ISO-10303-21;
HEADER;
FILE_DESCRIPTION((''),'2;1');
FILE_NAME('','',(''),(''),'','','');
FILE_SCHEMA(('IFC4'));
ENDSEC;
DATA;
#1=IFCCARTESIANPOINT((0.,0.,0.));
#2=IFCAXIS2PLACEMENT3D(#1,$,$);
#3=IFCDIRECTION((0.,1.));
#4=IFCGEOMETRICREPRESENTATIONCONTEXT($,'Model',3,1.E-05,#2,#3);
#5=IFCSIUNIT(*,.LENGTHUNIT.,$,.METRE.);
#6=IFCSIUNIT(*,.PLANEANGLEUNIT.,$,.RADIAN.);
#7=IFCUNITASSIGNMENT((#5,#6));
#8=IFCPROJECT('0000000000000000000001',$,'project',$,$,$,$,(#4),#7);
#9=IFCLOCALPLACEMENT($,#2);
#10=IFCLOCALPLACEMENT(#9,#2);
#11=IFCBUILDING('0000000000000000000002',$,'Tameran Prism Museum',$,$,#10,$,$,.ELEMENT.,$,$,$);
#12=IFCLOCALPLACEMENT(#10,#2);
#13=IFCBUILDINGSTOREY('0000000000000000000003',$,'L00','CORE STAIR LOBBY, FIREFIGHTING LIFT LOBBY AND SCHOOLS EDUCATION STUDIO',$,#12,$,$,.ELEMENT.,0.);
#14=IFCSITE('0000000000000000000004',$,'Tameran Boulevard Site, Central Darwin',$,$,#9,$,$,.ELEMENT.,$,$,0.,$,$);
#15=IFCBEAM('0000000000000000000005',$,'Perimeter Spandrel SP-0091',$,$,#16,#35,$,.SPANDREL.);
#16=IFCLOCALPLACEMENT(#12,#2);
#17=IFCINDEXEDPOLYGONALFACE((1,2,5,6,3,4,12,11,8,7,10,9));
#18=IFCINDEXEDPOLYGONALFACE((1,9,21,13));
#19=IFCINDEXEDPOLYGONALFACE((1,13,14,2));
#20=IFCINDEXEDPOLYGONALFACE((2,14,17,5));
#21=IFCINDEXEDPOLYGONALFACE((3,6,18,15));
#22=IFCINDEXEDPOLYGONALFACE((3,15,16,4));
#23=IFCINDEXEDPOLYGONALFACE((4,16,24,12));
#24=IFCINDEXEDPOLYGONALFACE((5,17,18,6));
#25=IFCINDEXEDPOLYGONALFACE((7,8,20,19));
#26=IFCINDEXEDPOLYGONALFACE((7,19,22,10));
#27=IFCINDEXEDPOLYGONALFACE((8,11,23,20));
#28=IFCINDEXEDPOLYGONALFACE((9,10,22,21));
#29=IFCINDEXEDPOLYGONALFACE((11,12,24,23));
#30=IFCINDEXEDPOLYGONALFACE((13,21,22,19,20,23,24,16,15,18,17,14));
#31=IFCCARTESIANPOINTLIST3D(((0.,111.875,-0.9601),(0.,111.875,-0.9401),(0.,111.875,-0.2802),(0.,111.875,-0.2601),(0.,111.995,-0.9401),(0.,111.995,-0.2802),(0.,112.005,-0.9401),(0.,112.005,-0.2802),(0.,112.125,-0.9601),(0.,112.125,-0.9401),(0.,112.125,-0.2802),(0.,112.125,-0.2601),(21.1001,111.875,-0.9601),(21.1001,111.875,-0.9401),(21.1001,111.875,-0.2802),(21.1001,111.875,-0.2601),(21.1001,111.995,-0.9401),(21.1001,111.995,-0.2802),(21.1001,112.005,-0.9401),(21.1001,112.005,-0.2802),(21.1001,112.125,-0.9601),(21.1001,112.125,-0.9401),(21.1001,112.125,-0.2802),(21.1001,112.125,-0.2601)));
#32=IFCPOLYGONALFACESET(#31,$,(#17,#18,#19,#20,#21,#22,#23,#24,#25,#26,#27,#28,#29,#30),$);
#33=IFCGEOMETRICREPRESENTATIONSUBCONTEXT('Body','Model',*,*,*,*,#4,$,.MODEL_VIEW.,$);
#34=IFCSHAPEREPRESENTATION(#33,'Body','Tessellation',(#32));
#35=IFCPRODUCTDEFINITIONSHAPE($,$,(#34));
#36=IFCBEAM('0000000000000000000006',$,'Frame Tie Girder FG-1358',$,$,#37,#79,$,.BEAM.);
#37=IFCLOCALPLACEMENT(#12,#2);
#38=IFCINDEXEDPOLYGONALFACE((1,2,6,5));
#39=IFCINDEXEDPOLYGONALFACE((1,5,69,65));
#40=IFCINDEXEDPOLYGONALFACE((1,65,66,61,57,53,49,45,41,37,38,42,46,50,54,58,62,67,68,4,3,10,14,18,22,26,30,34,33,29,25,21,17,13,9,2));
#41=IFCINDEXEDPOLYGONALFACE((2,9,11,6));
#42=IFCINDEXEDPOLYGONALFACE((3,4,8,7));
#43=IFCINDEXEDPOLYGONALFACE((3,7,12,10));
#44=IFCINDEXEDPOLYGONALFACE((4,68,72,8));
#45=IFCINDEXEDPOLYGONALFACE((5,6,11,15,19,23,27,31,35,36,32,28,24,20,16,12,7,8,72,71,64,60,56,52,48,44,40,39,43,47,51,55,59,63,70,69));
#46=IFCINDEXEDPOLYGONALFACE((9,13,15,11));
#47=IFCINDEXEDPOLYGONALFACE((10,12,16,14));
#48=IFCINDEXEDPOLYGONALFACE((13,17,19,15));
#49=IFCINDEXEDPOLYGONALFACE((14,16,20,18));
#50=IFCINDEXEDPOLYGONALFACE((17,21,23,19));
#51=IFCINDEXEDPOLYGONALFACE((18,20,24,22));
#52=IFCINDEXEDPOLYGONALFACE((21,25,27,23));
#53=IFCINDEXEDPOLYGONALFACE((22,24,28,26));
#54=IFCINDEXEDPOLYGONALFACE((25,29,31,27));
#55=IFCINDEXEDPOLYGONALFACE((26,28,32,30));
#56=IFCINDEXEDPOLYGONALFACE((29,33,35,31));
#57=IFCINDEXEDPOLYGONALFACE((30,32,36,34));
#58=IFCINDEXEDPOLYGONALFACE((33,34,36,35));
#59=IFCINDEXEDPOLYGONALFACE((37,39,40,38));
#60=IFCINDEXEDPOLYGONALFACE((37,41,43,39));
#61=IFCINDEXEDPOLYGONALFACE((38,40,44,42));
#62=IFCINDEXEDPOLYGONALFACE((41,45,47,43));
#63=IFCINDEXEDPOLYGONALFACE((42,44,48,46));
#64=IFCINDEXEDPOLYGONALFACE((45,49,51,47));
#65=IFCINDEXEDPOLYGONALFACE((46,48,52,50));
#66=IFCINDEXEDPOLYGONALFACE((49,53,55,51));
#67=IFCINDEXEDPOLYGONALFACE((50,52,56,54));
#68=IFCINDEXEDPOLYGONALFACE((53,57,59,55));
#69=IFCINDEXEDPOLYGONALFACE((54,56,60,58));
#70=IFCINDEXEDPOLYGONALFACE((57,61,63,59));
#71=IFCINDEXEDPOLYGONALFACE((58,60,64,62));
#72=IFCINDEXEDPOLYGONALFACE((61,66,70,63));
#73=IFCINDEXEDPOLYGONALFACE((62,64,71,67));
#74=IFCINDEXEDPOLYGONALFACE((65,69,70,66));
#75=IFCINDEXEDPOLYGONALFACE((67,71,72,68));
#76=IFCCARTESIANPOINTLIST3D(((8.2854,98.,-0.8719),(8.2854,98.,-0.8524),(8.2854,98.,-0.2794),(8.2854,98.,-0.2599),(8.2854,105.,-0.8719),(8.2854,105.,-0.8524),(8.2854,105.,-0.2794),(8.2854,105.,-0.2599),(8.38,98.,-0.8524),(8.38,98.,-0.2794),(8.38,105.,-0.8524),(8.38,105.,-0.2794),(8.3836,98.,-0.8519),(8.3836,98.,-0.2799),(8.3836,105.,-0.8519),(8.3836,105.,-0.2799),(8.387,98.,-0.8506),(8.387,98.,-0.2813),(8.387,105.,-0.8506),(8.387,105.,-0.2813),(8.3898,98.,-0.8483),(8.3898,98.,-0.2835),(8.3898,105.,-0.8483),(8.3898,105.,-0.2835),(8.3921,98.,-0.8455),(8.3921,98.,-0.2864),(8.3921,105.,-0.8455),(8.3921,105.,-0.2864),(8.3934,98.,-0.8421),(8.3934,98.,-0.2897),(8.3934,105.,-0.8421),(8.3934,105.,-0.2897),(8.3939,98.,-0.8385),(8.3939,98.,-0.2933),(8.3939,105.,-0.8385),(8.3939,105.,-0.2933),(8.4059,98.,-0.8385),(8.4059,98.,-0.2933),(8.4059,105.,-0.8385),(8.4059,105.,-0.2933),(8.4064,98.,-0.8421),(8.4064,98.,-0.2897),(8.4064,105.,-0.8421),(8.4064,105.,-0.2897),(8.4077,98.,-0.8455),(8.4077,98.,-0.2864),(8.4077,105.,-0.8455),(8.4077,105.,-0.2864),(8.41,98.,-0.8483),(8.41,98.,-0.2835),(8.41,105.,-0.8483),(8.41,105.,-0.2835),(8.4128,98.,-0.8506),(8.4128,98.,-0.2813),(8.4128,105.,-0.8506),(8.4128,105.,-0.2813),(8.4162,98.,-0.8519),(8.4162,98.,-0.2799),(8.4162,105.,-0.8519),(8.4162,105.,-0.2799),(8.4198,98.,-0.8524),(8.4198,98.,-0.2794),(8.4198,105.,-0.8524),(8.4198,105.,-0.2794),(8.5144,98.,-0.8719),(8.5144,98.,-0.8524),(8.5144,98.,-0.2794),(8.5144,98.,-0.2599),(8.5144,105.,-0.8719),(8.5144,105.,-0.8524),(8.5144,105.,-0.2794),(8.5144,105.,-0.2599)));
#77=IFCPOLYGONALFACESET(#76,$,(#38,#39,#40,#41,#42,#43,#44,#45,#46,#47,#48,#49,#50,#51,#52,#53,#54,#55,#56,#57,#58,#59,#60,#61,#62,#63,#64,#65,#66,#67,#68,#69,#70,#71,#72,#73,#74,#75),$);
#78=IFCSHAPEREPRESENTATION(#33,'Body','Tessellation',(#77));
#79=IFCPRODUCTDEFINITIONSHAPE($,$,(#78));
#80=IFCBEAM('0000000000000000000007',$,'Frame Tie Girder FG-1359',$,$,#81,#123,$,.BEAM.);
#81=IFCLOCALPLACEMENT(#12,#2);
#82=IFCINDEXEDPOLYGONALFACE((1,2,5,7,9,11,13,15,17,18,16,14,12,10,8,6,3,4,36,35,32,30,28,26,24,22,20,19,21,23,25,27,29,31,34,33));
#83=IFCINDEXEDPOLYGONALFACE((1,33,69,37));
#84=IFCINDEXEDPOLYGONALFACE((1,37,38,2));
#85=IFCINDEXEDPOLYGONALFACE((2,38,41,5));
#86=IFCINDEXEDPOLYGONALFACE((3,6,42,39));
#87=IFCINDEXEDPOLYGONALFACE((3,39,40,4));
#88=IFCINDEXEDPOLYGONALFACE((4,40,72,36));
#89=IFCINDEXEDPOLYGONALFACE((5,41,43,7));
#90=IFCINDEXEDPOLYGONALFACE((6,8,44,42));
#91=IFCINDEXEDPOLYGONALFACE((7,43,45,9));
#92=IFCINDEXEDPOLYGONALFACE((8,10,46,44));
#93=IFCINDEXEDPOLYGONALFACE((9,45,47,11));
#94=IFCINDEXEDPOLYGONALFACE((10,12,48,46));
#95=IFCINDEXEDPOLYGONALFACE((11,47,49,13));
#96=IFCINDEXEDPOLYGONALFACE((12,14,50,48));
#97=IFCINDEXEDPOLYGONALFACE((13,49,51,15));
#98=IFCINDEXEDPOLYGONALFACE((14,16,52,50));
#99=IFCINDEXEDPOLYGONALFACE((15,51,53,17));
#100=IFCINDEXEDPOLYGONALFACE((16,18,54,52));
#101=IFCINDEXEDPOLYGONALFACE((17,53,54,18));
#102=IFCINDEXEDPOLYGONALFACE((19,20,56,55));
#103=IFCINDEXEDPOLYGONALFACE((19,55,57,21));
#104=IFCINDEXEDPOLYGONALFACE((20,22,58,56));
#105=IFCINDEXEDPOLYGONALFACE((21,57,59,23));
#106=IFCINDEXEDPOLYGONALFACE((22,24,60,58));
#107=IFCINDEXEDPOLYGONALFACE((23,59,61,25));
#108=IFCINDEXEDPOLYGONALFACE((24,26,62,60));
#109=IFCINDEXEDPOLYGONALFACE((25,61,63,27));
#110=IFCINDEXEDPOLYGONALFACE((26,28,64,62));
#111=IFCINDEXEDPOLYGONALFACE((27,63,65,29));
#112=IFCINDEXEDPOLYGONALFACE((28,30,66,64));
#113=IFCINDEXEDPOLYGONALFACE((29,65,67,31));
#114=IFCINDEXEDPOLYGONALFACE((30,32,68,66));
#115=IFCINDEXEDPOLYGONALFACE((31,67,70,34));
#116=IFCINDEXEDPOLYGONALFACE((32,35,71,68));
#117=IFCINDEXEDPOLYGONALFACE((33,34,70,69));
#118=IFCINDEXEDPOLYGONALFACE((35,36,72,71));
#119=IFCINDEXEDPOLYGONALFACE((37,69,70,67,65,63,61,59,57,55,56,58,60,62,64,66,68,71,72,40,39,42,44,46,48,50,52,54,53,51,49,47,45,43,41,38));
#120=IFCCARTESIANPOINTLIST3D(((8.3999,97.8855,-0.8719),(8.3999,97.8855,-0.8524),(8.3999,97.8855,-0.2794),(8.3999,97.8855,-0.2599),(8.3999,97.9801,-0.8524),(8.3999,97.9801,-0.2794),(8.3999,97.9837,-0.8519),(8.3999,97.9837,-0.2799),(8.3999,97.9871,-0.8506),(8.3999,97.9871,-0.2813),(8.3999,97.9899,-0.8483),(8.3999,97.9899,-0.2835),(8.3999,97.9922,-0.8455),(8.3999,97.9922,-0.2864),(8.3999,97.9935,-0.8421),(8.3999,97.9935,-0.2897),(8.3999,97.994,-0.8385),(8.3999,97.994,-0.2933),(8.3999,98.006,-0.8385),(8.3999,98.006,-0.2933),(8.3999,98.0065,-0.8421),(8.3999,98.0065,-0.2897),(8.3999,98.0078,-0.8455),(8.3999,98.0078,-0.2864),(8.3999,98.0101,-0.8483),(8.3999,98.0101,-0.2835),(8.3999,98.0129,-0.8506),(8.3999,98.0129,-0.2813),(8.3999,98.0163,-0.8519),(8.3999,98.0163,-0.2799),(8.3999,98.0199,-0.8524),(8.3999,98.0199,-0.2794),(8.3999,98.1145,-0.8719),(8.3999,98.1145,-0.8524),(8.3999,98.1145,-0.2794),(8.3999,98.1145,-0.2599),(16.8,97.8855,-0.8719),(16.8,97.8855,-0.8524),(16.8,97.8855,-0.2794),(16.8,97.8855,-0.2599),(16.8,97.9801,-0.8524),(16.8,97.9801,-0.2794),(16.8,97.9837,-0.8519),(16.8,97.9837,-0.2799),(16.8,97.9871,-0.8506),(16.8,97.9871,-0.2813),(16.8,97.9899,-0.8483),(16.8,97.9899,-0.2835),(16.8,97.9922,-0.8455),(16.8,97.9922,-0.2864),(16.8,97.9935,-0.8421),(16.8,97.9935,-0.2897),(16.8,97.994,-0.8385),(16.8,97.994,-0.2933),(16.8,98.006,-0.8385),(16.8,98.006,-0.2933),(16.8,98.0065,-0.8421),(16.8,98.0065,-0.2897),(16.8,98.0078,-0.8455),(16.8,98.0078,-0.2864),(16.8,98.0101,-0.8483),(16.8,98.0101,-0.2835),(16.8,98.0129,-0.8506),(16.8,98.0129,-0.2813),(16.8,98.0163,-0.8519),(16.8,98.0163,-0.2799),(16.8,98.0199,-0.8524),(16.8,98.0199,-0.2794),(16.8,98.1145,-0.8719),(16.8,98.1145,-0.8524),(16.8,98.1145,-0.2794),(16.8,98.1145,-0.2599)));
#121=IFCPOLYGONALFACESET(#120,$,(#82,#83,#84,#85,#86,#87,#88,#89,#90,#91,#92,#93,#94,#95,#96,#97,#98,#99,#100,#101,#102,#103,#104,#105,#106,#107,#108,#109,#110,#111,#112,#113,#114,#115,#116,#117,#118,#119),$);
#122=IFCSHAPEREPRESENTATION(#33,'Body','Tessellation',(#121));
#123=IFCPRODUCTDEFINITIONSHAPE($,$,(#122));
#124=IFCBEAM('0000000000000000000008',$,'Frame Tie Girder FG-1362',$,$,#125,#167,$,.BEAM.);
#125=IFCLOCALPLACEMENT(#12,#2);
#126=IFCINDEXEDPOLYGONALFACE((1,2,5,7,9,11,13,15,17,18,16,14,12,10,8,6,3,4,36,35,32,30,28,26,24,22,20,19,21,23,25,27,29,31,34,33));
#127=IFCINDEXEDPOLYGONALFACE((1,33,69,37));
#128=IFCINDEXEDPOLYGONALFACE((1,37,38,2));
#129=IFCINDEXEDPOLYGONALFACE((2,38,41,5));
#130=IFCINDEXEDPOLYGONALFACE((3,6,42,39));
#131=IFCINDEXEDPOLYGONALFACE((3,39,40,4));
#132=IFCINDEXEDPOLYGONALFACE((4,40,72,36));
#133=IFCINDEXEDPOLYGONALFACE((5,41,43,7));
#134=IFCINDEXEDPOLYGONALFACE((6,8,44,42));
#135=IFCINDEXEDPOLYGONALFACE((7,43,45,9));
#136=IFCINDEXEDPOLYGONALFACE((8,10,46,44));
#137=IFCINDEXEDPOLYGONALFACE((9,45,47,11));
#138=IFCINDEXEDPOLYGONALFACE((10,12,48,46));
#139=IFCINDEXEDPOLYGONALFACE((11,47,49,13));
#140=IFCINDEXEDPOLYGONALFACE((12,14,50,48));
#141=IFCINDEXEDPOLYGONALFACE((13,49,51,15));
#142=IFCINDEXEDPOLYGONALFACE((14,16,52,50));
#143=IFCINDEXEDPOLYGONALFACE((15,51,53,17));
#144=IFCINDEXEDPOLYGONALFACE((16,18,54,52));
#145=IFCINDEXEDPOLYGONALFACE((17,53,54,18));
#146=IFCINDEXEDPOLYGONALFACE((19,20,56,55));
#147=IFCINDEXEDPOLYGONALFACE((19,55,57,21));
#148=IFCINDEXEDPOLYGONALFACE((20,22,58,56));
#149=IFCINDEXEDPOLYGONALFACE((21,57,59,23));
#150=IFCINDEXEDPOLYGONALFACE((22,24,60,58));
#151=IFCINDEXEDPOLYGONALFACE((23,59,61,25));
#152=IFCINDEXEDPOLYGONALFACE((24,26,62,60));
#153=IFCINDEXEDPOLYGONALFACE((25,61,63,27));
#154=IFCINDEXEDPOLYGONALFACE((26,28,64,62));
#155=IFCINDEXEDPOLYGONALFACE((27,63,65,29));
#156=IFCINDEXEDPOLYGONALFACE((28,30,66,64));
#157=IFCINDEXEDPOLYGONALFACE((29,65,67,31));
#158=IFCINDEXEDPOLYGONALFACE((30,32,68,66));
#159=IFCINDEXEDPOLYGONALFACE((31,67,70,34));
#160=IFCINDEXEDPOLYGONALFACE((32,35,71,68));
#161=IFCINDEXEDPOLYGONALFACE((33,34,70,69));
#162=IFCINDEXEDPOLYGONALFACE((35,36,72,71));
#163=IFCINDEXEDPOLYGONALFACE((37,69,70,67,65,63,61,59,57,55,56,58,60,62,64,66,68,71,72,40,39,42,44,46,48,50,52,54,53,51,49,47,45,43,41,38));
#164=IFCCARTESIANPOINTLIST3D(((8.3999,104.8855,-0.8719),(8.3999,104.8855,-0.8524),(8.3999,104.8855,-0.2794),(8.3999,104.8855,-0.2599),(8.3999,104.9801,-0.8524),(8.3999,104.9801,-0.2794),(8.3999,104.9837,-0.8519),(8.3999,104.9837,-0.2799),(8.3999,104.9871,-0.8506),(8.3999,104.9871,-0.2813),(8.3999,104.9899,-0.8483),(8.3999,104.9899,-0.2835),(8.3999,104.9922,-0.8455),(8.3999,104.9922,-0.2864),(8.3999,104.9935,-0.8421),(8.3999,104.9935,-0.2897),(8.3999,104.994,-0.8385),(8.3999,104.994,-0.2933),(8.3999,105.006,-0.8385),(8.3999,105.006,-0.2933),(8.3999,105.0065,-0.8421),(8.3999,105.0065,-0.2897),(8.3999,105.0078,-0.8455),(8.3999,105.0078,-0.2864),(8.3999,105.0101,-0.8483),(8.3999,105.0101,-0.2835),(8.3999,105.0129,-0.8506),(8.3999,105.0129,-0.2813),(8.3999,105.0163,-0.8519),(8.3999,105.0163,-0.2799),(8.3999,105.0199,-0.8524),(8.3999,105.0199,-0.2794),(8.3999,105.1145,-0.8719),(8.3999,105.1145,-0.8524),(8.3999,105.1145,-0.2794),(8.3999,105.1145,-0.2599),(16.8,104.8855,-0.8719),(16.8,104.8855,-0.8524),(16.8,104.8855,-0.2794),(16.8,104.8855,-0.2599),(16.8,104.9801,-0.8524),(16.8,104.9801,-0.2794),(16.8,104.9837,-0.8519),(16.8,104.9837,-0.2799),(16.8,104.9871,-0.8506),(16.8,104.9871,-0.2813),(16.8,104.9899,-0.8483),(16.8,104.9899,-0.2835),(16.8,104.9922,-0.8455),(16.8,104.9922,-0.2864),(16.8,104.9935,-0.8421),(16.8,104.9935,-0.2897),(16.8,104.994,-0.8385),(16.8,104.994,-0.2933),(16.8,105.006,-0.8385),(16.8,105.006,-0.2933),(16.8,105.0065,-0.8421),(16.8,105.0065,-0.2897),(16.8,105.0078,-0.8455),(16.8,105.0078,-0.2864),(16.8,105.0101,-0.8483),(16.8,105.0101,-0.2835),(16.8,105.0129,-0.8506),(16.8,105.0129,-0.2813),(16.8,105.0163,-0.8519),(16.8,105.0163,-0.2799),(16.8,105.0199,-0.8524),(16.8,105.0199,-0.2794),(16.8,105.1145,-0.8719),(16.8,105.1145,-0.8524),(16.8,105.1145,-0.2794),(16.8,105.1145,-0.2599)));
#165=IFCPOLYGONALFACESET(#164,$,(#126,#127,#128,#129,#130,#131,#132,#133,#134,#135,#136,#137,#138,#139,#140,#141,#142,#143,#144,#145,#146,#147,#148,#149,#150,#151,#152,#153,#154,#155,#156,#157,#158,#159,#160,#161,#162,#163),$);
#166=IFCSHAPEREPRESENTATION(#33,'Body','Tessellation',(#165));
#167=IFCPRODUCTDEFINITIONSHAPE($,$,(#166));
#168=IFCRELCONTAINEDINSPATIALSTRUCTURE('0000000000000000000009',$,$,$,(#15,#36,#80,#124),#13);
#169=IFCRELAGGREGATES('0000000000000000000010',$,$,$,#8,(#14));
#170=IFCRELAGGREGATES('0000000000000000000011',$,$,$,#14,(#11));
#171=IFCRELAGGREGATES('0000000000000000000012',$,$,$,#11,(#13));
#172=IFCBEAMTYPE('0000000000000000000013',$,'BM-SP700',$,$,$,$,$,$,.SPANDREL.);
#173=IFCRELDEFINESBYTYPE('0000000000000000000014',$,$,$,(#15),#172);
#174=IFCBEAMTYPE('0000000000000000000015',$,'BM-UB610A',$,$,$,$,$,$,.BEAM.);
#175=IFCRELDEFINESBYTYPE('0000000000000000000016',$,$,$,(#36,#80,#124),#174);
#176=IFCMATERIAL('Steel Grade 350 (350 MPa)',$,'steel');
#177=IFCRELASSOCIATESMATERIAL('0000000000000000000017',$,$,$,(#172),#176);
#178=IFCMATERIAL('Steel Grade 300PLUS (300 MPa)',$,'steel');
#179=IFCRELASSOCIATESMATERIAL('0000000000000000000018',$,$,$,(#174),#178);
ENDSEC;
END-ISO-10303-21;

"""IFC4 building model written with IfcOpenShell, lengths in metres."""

from ifc_helpers import new_model, si_unit, direction, frame, origin, origin_2d, place, context, subcontext, project, spatial, i_section, extrude, material, material_profile, profile_set, type_object, element, save


model = new_model("IFC4")

# Units and contexts
model_context = context("Model", 3, precision=1e-05, world=origin(), true_north=direction((0.0, 1.0)))
body_context = subcontext(model_context, "Body", "Model", "MODEL_VIEW")
ifc_project = project(units=[si_unit("LENGTHUNIT", "METRE"), si_unit("PLANEANGLEUNIT", "RADIAN")], contexts=[model_context])

# Site, building, storey
site_placement = place(None, origin())
site = spatial("IfcSite", under=ifc_project, at=site_placement, Name="Tameran Boulevard Site, Central Darwin", CompositionType="ELEMENT", RefElevation=0.0)
building_placement = place(site_placement, origin())
building = spatial("IfcBuilding", under=site, at=building_placement, Name="Tameran Prism Museum", CompositionType="ELEMENT")
storey_placement = place(building_placement, origin())
storey = spatial("IfcBuildingStorey", under=building, at=storey_placement, Name="L00", Description="CORE STAIR LOBBY, FIREFIGHTING LIFT LOBBY AND SCHOOLS EDUCATION STUDIO", CompositionType="ELEMENT", Elevation=0.0)

# Beams
ifc_material_1 = material(Name="Steel Grade 350 (350 MPa)", Category="steel")
ifc_material_profile_1 = material_profile(ifc_material_1, i_section(OverallWidth=0.25, OverallDepth=0.7, WebThickness=0.01, FlangeThickness=0.02, at=origin_2d()))
ifc_profile_set_1 = profile_set([ifc_material_profile_1])
beam_type_1 = type_object("IfcBeamType", Name="BM-SP700", PredefinedType="SPANDREL", material=ifc_profile_set_1)
beam_1_placement = place(storey_placement, frame((21.1001, 112.0, -0.6101), z_axis=(-1.0, 0.0, 0.0), x_axis=(0.0, -1.0, 0.0)))
element("IfcBeam", 1, at=beam_1_placement, inside=storey, type_object=beam_type_1, Name="Perimeter Spandrel SP-0091", PredefinedType="SPANDREL", context=body_context, shape_type="SweptSolid", body=[
    extrude(i_section(OverallWidth=0.25, OverallDepth=0.7, WebThickness=0.01, FlangeThickness=0.02, at=origin_2d()), origin(), (0.0, 0.0, 1.0), 21.1001),
])
ifc_material_2 = material(Name="Steel Grade 300PLUS (300 MPa)", Category="steel")
ifc_material_profile_2 = material_profile(ifc_material_2, i_section(OverallWidth=0.229, OverallDepth=0.6121, WebThickness=0.012, FlangeThickness=0.0195, FilletRadius=0.0139, at=origin_2d()))
ifc_profile_set_2 = profile_set([ifc_material_profile_2])
beam_type_2 = type_object("IfcBeamType", Name="BM-UB610A", PredefinedType="BEAM", material=ifc_profile_set_2)
beam_2_placement = place(storey_placement, frame((8.3999, 98.0, -0.5659), z_axis=(0.0, 1.0, 0.0), x_axis=(-1.0, 0.0, 0.0)))
element("IfcBeam", 2, at=beam_2_placement, inside=storey, type_object=beam_type_2, Name="Frame Tie Girder FG-1358", PredefinedType="BEAM", context=body_context, shape_type="SweptSolid", body=[
    extrude(i_section(OverallWidth=0.229, OverallDepth=0.6121, WebThickness=0.012, FlangeThickness=0.0195, FilletRadius=0.0139, at=origin_2d()), origin(), (0.0, 0.0, 1.0), 7.0),
])
for number, where, z_axis, x_axis, name in (
    (3, (8.3999, 98.0, -0.5659), (1.0, 0.0, 0.0), (0.0, 1.0, 0.0), "Frame Tie Girder FG-1359"),
    (4, (8.3999, 105.0, -0.5659), (1.0, 0.0, 0.0), (0.0, 1.0, 0.0), "Frame Tie Girder FG-1362"),
):
    element("IfcBeam", number, at=place(storey_placement, frame(where, z_axis=z_axis, x_axis=x_axis)), inside=storey, type_object=beam_type_2, Name=name, PredefinedType="BEAM", context=body_context, shape_type="SweptSolid", body=[
        extrude(i_section(OverallWidth=0.229, OverallDepth=0.6121, WebThickness=0.012, FlangeThickness=0.0195, FilletRadius=0.0139, at=origin_2d()), origin(), (0.0, 0.0, 1.0), 8.4001),
    ])

save(model, "model.ifc")
